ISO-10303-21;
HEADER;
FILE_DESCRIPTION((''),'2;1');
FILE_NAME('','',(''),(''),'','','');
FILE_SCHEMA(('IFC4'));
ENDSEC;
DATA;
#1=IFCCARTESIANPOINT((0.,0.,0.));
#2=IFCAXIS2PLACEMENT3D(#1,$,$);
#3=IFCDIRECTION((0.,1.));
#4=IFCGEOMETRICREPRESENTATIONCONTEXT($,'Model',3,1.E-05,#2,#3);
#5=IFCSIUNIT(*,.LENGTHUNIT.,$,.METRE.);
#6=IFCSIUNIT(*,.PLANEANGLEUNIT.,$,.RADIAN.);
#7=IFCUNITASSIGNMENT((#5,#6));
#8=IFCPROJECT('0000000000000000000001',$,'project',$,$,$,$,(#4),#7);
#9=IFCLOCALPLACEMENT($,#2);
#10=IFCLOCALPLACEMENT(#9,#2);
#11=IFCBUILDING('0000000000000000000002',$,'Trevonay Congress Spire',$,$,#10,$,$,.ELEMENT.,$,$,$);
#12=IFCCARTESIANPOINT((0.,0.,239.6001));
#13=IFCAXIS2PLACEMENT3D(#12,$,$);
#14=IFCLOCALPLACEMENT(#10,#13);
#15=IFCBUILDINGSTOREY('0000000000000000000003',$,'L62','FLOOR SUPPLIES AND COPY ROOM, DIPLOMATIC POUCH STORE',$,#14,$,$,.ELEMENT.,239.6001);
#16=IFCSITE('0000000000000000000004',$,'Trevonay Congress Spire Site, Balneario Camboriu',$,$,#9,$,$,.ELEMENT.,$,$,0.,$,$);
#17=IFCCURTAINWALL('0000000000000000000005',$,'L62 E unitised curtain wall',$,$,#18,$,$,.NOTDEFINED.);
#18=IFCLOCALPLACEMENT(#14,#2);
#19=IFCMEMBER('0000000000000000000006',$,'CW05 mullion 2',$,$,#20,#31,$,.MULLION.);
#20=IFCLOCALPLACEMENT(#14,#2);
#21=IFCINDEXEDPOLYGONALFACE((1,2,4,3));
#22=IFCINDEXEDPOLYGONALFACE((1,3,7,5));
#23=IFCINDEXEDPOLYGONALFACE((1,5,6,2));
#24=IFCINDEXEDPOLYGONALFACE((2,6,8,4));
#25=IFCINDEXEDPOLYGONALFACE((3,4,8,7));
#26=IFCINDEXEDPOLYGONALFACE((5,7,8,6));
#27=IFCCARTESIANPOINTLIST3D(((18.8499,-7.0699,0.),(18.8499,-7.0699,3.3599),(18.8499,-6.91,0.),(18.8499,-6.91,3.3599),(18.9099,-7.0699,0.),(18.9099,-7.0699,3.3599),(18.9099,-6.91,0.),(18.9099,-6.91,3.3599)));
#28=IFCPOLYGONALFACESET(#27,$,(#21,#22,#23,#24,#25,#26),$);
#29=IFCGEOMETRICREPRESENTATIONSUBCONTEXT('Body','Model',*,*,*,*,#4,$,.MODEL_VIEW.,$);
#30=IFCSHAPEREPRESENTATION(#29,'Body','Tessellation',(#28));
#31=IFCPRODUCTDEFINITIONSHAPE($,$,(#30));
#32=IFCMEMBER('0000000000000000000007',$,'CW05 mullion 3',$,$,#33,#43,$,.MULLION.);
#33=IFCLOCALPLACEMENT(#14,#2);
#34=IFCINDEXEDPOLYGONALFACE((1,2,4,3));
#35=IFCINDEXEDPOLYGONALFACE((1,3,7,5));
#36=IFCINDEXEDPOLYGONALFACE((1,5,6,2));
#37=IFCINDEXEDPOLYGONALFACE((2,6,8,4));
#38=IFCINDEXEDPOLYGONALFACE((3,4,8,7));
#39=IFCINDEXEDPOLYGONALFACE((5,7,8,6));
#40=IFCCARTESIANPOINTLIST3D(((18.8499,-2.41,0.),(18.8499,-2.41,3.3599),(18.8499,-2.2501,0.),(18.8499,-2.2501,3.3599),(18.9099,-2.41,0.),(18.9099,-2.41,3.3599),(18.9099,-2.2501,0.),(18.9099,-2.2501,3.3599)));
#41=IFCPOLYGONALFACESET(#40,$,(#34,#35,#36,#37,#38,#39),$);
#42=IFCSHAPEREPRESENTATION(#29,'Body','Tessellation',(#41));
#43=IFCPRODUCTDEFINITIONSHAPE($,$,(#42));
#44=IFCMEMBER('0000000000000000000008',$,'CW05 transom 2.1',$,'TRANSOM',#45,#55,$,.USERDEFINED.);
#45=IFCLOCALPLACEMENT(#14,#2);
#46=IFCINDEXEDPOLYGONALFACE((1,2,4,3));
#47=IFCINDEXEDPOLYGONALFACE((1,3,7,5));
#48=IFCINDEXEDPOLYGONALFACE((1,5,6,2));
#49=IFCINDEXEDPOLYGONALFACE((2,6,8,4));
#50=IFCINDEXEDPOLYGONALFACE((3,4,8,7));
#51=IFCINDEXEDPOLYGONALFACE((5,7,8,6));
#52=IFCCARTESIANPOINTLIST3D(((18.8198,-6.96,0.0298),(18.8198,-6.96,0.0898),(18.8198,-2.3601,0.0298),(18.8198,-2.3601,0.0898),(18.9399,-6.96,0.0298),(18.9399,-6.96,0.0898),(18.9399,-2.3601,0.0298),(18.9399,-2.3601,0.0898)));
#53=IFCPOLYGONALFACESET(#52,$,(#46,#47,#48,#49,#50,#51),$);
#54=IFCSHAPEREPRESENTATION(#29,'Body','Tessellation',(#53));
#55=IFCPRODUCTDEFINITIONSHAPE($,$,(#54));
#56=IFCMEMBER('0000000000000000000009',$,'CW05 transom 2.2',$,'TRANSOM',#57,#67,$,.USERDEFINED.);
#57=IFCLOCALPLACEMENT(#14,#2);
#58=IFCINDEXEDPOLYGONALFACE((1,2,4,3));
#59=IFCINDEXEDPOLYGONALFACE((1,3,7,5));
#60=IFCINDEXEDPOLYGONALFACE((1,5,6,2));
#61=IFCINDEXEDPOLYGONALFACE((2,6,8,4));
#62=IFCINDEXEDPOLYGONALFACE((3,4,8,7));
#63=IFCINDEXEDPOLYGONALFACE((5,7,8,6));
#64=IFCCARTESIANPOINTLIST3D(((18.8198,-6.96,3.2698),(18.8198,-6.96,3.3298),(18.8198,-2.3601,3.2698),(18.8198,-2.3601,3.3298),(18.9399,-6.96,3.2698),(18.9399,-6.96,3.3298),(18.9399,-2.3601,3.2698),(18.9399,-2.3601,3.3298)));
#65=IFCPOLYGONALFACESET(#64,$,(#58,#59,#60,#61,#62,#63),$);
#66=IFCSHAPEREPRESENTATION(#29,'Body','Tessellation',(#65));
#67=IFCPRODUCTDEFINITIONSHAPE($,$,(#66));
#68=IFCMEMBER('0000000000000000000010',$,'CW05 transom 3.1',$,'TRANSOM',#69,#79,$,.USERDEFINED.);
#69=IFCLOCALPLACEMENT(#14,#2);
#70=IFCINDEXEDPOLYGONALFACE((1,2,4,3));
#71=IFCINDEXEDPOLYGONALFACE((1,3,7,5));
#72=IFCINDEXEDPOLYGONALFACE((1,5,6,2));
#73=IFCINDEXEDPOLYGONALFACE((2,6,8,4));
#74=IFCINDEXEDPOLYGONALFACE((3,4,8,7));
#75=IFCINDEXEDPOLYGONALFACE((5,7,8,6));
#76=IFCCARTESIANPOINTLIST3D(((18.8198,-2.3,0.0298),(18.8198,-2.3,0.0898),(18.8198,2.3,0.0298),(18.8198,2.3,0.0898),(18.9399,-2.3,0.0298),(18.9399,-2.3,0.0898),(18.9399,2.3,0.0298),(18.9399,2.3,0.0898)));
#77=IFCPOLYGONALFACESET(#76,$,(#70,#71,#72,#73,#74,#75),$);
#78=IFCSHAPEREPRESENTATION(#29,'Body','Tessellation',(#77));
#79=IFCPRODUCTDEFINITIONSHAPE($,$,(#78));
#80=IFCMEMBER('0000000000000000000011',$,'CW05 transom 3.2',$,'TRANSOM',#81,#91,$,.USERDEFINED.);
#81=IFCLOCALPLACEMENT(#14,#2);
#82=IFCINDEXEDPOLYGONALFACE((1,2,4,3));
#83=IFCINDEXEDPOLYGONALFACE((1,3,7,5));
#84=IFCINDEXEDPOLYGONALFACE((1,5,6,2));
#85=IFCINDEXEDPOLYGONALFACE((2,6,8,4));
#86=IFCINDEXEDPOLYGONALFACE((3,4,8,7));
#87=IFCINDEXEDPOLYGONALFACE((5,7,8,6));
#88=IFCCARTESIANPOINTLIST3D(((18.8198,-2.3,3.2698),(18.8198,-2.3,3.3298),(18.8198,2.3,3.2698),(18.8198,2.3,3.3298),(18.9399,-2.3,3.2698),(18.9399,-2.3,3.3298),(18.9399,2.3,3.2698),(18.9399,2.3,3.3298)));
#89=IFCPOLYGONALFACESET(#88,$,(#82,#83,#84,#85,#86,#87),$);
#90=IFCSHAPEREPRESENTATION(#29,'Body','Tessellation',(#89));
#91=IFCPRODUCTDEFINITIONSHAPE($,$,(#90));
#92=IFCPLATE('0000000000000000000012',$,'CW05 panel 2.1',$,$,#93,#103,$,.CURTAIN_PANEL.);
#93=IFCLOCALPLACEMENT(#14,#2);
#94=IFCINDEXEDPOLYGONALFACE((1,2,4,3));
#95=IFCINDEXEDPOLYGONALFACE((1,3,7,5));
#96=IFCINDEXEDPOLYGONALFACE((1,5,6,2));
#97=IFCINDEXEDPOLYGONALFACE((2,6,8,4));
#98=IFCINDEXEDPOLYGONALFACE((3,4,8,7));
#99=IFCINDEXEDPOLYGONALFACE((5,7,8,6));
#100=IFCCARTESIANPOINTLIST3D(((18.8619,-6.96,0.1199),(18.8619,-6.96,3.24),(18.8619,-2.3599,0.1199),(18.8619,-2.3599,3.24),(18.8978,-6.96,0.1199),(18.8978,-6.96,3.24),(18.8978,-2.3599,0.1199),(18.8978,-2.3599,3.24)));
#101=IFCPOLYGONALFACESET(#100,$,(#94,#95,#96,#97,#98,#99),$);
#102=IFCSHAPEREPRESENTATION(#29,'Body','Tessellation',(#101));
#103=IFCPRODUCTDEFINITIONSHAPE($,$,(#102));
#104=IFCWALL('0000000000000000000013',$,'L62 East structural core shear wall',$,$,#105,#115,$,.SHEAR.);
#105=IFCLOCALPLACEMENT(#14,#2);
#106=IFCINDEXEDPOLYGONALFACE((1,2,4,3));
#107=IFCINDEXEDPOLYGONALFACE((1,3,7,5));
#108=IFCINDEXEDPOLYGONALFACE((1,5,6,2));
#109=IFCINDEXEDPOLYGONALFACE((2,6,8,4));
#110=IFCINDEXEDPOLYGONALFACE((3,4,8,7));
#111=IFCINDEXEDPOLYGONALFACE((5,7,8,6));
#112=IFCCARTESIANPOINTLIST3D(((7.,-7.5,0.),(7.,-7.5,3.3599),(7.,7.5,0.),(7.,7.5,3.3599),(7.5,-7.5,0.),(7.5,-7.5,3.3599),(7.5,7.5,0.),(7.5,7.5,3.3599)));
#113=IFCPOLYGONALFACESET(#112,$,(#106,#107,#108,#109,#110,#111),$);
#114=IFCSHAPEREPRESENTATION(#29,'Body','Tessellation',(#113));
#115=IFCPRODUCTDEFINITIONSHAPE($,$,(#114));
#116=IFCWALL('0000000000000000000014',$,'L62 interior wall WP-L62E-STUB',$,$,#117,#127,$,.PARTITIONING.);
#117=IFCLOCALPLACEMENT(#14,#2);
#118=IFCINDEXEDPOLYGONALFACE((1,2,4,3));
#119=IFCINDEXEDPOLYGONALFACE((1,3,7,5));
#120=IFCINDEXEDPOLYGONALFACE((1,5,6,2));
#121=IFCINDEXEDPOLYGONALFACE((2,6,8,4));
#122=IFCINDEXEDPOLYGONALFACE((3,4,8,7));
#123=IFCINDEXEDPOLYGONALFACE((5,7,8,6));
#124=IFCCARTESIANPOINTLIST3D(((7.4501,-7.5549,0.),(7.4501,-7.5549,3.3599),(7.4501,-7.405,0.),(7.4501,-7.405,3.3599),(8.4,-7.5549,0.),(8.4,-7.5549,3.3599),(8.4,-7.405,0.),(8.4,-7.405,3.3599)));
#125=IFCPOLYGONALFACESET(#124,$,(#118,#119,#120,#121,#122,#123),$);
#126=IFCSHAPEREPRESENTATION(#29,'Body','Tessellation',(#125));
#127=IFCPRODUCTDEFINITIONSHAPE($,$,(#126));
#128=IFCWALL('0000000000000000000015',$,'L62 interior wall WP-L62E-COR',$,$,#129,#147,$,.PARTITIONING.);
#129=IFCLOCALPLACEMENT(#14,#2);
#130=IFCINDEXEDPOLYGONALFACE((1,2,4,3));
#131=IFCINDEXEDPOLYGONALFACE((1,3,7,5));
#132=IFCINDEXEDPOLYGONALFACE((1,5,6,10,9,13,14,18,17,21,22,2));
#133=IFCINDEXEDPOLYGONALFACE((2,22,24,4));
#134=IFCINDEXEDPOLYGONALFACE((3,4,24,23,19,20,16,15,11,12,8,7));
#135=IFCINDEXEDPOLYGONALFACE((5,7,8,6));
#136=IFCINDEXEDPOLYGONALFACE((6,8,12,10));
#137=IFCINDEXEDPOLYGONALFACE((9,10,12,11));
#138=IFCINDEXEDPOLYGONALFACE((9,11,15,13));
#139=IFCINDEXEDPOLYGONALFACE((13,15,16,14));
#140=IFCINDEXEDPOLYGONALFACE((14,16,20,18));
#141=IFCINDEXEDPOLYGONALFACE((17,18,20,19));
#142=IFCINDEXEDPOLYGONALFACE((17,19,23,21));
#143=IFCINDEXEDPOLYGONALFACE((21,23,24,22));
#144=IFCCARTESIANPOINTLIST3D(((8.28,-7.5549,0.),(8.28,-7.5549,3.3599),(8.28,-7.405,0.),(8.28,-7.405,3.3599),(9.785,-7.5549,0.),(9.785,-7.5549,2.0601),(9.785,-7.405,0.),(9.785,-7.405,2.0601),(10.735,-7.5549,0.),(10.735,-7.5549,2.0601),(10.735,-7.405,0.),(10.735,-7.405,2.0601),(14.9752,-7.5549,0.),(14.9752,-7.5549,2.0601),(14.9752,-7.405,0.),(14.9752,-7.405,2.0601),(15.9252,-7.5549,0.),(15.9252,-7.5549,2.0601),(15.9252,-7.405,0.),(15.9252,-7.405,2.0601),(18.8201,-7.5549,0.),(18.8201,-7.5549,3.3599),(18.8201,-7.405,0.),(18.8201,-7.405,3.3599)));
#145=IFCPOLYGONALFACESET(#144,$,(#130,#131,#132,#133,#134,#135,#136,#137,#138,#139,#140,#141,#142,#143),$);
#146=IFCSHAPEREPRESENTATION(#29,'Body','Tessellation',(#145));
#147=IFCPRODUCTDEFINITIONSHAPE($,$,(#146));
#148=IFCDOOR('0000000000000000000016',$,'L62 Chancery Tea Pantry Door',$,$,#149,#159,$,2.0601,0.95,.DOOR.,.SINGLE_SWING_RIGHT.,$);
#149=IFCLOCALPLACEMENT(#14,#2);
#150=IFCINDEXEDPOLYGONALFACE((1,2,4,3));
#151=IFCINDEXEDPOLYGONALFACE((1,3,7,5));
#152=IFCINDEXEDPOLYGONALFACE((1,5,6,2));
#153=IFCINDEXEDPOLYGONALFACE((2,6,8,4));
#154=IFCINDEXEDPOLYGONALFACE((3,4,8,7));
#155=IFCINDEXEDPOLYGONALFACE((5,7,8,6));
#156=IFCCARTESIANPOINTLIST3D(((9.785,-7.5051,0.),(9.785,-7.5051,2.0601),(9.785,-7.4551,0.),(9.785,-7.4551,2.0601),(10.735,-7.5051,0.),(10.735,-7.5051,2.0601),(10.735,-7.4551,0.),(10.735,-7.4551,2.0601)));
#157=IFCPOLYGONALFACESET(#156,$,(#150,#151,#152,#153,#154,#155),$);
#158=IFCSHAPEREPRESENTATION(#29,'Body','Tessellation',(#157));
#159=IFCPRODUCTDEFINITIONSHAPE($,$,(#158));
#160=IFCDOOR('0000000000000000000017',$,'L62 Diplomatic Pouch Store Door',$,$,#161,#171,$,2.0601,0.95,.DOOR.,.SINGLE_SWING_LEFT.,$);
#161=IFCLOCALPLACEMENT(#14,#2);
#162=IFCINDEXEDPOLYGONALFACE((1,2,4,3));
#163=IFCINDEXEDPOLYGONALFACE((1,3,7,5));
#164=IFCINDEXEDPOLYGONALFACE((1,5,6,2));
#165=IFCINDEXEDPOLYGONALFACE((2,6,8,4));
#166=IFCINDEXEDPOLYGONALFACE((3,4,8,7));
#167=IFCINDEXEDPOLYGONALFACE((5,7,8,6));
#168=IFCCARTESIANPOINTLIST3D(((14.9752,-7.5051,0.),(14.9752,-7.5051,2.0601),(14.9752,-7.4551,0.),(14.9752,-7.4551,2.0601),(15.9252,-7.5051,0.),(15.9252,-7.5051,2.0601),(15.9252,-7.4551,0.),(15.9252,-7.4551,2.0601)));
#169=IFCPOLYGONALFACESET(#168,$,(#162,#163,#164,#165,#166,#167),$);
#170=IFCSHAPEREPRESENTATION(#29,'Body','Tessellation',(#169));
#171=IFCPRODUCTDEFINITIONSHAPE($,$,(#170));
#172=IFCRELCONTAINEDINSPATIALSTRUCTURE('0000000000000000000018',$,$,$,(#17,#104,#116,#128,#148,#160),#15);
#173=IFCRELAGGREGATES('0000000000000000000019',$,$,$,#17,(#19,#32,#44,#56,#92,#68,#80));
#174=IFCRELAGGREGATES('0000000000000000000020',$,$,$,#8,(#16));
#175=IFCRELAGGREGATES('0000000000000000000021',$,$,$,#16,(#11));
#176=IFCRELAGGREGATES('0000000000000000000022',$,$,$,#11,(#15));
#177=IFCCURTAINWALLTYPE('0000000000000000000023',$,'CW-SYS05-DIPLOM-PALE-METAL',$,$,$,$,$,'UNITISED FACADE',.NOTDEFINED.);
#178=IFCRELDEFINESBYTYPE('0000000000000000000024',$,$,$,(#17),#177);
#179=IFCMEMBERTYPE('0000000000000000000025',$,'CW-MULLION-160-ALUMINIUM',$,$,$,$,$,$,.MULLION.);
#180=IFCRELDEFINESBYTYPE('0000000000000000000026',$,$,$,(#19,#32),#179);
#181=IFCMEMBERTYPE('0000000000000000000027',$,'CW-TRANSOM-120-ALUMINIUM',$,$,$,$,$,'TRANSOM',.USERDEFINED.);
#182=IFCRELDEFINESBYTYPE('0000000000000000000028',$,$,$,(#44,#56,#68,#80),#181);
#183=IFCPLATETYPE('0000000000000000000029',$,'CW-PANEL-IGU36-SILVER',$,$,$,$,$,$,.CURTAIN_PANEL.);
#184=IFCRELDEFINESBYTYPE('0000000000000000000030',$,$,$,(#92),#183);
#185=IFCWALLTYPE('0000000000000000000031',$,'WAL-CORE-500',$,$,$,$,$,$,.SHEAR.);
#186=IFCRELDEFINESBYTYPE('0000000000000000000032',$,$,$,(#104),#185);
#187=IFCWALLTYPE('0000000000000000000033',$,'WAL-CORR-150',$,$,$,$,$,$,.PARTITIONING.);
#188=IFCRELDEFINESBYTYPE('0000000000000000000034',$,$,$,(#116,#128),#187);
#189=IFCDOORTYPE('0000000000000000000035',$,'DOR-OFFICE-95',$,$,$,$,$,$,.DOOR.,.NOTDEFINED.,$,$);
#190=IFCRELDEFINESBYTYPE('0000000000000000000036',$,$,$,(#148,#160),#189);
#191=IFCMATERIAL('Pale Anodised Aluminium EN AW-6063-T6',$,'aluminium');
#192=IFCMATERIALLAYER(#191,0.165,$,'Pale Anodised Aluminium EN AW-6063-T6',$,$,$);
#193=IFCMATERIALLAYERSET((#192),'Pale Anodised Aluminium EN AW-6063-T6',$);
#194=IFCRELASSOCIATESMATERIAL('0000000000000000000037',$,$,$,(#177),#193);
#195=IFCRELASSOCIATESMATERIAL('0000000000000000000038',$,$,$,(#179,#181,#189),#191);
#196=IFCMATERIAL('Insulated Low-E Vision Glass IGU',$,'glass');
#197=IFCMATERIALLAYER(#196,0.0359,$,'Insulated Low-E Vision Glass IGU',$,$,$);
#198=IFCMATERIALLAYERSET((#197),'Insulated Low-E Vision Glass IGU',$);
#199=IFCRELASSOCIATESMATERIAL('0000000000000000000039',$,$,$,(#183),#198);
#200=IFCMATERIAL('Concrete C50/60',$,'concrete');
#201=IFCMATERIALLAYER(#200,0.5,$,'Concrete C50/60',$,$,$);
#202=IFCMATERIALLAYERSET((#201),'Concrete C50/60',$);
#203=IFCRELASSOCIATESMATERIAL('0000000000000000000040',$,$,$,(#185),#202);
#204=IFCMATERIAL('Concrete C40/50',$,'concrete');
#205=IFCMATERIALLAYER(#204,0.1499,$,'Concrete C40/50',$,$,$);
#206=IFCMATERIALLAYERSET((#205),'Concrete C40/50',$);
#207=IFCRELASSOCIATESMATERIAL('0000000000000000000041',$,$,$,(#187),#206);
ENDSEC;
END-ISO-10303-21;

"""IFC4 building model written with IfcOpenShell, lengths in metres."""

from ifc_helpers import new_model, si_unit, direction, frame, frame_2d, origin, origin_2d, place, context, subcontext, project, spatial, rectangle, extrude, material, layer, layer_set, material_profile, profile_set, type_object, element, fill, aggregate, save


model = new_model("IFC4")

# Units and contexts
model_context = context("Model", 3, precision=1e-05, world=origin(), true_north=direction((0.0, 1.0)))
body_context = subcontext(model_context, "Body", "Model", "MODEL_VIEW")
ifc_project = project(units=[si_unit("LENGTHUNIT", "METRE"), si_unit("PLANEANGLEUNIT", "RADIAN")], contexts=[model_context])

# Site, building, storey
site_placement = place(None, origin())
site = spatial("IfcSite", under=ifc_project, at=site_placement, Name="Trevonay Congress Spire Site, Balneario Camboriu", CompositionType="ELEMENT", RefElevation=0.0)
building_placement = place(site_placement, origin())
building = spatial("IfcBuilding", under=site, at=building_placement, Name="Trevonay Congress Spire", CompositionType="ELEMENT")
storey_placement = place(building_placement, frame((0.0, 0.0, 239.6001)))
storey = spatial("IfcBuildingStorey", under=building, at=storey_placement, Name="L62", Description="FLOOR SUPPLIES AND COPY ROOM, DIPLOMATIC POUCH STORE", CompositionType="ELEMENT", Elevation=239.6001)

# Curtain wall, members, plate
ifc_material_1 = material(Name="Pale Anodised Aluminium EN AW-6063-T6", Category="aluminium")
ifc_layer_1 = layer(ifc_material_1, 0.165, Name="Pale Anodised Aluminium EN AW-6063-T6")
ifc_layer_set_1 = layer_set([ifc_layer_1], Name="Pale Anodised Aluminium EN AW-6063-T6")
curtain_wall_type = type_object("IfcCurtainWallType", Name="CW-SYS05-DIPLOM-PALE-METAL", ElementType="UNITISED FACADE", PredefinedType="NOTDEFINED", material=ifc_layer_set_1)
curtain_wall_placement = place(storey_placement, origin())
curtain_wall = element("IfcCurtainWall", 1, at=curtain_wall_placement, inside=storey, type_object=curtain_wall_type, Name="L62 E unitised curtain wall", PredefinedType="NOTDEFINED")
ifc_material_profile_1 = material_profile(ifc_material_1, rectangle(XDim=0.0601, YDim=0.1599, at=origin_2d()), Name="CW-MULLION-160-ALUMINIUM")
ifc_profile_set_1 = profile_set([ifc_material_profile_1], Name="Pale Anodised Aluminium EN AW-6063-T6")
member_type_1 = type_object("IfcMemberType", Name="CW-MULLION-160-ALUMINIUM", PredefinedType="MULLION", material=ifc_profile_set_1)
member_1_placement = place(storey_placement, frame((18.8799, -6.99, 0.0), z_axis=(0.0, 0.0, 1.0), x_axis=(-1.0, 0.0, 0.0)))
member_1 = element("IfcMember", 2, at=member_1_placement, type_object=member_type_1, Name="CW05 mullion 2", PredefinedType="MULLION", context=body_context, shape_type="SweptSolid", body=[
    extrude(rectangle(XDim=0.0601, YDim=0.1599, at=origin_2d()), origin(), (0.0, 0.0, 1.0), 3.3599),
])
member_2_placement = place(storey_placement, frame((18.8799, -2.3301, 0.0), z_axis=(0.0, 0.0, 1.0), x_axis=(-1.0, 0.0, 0.0)))
member_2 = element("IfcMember", 3, at=member_2_placement, type_object=member_type_1, Name="CW05 mullion 3", PredefinedType="MULLION", context=body_context, shape_type="SweptSolid", body=[
    extrude(rectangle(XDim=0.0601, YDim=0.1599, at=origin_2d()), origin(), (0.0, 0.0, 1.0), 3.3599),
])
ifc_material_profile_2 = material_profile(ifc_material_1, rectangle(XDim=0.1201, YDim=0.0601, at=origin_2d()), Name="CW-TRANSOM-120-ALUMINIUM")
ifc_profile_set_2 = profile_set([ifc_material_profile_2], Name="Pale Anodised Aluminium EN AW-6063-T6")
member_type_2 = type_object("IfcMemberType", Name="CW-TRANSOM-120-ALUMINIUM", ElementType="TRANSOM", PredefinedType="USERDEFINED", material=ifc_profile_set_2)
member_3_placement = place(storey_placement, frame((18.8799, -6.96, 0.0598), z_axis=(0.0, 1.0, 0.0), x_axis=(-1.0, 0.0, 0.0)))
member_3 = element("IfcMember", 4, at=member_3_placement, type_object=member_type_2, Name="CW05 transom 2.1", ObjectType="TRANSOM", PredefinedType="USERDEFINED", context=body_context, shape_type="SweptSolid", body=[
    extrude(rectangle(XDim=0.1201, YDim=0.0601, at=origin_2d()), origin(), (0.0, 0.0, 1.0), 4.5999),
])
member_4_placement = place(storey_placement, frame((18.8799, -6.96, 3.2998), z_axis=(0.0, 1.0, 0.0), x_axis=(-1.0, 0.0, 0.0)))
member_4 = element("IfcMember", 5, at=member_4_placement, type_object=member_type_2, Name="CW05 transom 2.2", ObjectType="TRANSOM", PredefinedType="USERDEFINED", context=body_context, shape_type="SweptSolid", body=[
    extrude(rectangle(XDim=0.1201, YDim=0.0601, at=origin_2d()), origin(), (0.0, 0.0, 1.0), 4.5999),
])
member_5_placement = place(storey_placement, frame((18.8799, -2.3, 0.0598), z_axis=(0.0, 1.0, 0.0), x_axis=(-1.0, 0.0, 0.0)))
member_5 = element("IfcMember", 6, at=member_5_placement, type_object=member_type_2, Name="CW05 transom 3.1", ObjectType="TRANSOM", PredefinedType="USERDEFINED", context=body_context, shape_type="SweptSolid", body=[
    extrude(rectangle(XDim=0.1201, YDim=0.0601, at=origin_2d()), origin(), (0.0, 0.0, 1.0), 4.6001),
])
member_6_placement = place(storey_placement, frame((18.8799, -2.3, 3.2998), z_axis=(0.0, 1.0, 0.0), x_axis=(-1.0, 0.0, 0.0)))
member_6 = element("IfcMember", 7, at=member_6_placement, type_object=member_type_2, Name="CW05 transom 3.2", ObjectType="TRANSOM", PredefinedType="USERDEFINED", context=body_context, shape_type="SweptSolid", body=[
    extrude(rectangle(XDim=0.1201, YDim=0.0601, at=origin_2d()), origin(), (0.0, 0.0, 1.0), 4.6001),
])
ifc_material_2 = material(Name="Insulated Low-E Vision Glass IGU", Category="glass")
ifc_layer_2 = layer(ifc_material_2, 0.0359, Name="Insulated Low-E Vision Glass IGU")
ifc_layer_set_2 = layer_set([ifc_layer_2], Name="Insulated Low-E Vision Glass IGU")
plate_type = type_object("IfcPlateType", Name="CW-PANEL-IGU36-SILVER", PredefinedType="CURTAIN_PANEL", material=ifc_layer_set_2)
plate_placement = place(storey_placement, frame((18.8799, -4.6599, 0.1199), z_axis=(0.0, 0.0, 1.0), x_axis=(0.0, 1.0, 0.0)))
plate = element("IfcPlate", 8, at=plate_placement, type_object=plate_type, Name="CW05 panel 2.1", PredefinedType="CURTAIN_PANEL", context=body_context, shape_type="SweptSolid", body=[
    extrude(rectangle(XDim=4.6001, YDim=0.0359, at=origin_2d()), origin(), (0.0, 0.0, 1.0), 3.1201),
])
aggregate(curtain_wall, [member_1, member_2, member_3, member_4, plate, member_5, member_6])

# Walls
ifc_material_3 = material(Name="Concrete C50/60", Category="concrete")
ifc_layer_3 = layer(ifc_material_3, 0.5, Name="Concrete C50/60")
ifc_layer_set_3 = layer_set([ifc_layer_3], Name="Concrete C50/60")
wall_type_1 = type_object("IfcWallType", Name="WAL-CORE-500", PredefinedType="SHEAR", material=ifc_layer_set_3)
wall_1_placement = place(storey_placement, frame((7.25, -7.5, 0.0), z_axis=(0.0, 0.0, 1.0), x_axis=(0.0, 1.0, 0.0)))
element("IfcWall", 9, at=wall_1_placement, inside=storey, type_object=wall_type_1, Name="L62 East structural core shear wall", PredefinedType="SHEAR", context=body_context, shape_type="SweptSolid", body=[
    extrude(rectangle(XDim=15.0, YDim=0.5, at=frame_2d((7.5, 0.0))), origin(), (0.0, 0.0, 1.0), 3.3599),
])
ifc_material_4 = material(Name="Concrete C40/50", Category="concrete")
ifc_layer_4 = layer(ifc_material_4, 0.1499, Name="Concrete C40/50")
ifc_layer_set_4 = layer_set([ifc_layer_4], Name="Concrete C40/50")
wall_type_2 = type_object("IfcWallType", Name="WAL-CORR-150", PredefinedType="PARTITIONING", material=ifc_layer_set_4)
wall_2_placement = place(storey_placement, frame((7.45, -7.48, 0.0), z_axis=(0.0, 0.0, 1.0), x_axis=(1.0, 0.0, 0.0)))
element("IfcWall", 10, at=wall_2_placement, inside=storey, type_object=wall_type_2, Name="L62 interior wall WP-L62E-STUB", PredefinedType="PARTITIONING", context=body_context, shape_type="SweptSolid", body=[
    extrude(rectangle(XDim=0.95, YDim=0.1499, at=frame_2d((0.4751, 0.0))), origin(), (0.0, 0.0, 1.0), 3.3599),
])

# Wall, openings, doors
wall_3_placement = place(storey_placement, frame((8.28, -7.48, 0.0), z_axis=(0.0, 0.0, 1.0), x_axis=(1.0, 0.0, 0.0)))
wall_3 = element("IfcWall", 11, at=wall_3_placement, inside=storey, type_object=wall_type_2, Name="L62 interior wall WP-L62E-COR", PredefinedType="PARTITIONING", context=body_context, shape_type="SweptSolid", body=[
    extrude(rectangle(XDim=10.54, YDim=0.1499, at=frame_2d((5.27, 0.0))), origin(), (0.0, 0.0, 1.0), 3.3599),
])
opening_1_placement = place(wall_3_placement, frame((1.5049, 0.0, 0.0)))
opening_1 = element("IfcOpeningElement", 12, at=opening_1_placement, cuts=wall_3, PredefinedType="OPENING", context=body_context, shape_type="SweptSolid", body=[
    extrude(rectangle(XDim=0.95, YDim=2.0601, at=frame_2d((0.4751, 1.03))), frame((0.0, 0.085, 0.0), z_axis=(0.0, -1.0, 0.0), x_axis=(1.0, 0.0, 0.0)), (0.0, 0.0, 1.0), 0.1699),
])
opening_2_placement = place(wall_3_placement, frame((6.6951, 0.0, 0.0)))
opening_2 = element("IfcOpeningElement", 13, at=opening_2_placement, cuts=wall_3, PredefinedType="OPENING", context=body_context, shape_type="SweptSolid", body=[
    extrude(rectangle(XDim=0.95, YDim=2.0601, at=frame_2d((0.4751, 1.03))), frame((0.0, 0.085, 0.0), z_axis=(0.0, -1.0, 0.0), x_axis=(1.0, 0.0, 0.0)), (0.0, 0.0, 1.0), 0.1699),
])
door_type = type_object("IfcDoorType", Name="DOR-OFFICE-95", OperationType="NOTDEFINED", PredefinedType="DOOR", material=ifc_material_1)
door_1_placement = place(opening_1_placement, origin())
door_1 = element("IfcDoor", 14, at=door_1_placement, inside=storey, type_object=door_type, Name="L62 Chancery Tea Pantry Door", OperationType="SINGLE_SWING_RIGHT", OverallHeight=2.0601, OverallWidth=0.95, PredefinedType="DOOR", context=body_context, shape_type="SweptSolid", body=[
    extrude(rectangle(XDim=0.95, YDim=2.0601, at=frame_2d((0.4751, 1.03))), frame((0.0, 0.0249, 0.0), z_axis=(0.0, -1.0, 0.0), x_axis=(1.0, 0.0, 0.0)), (0.0, 0.0, 1.0), 0.05),
])
fill(opening_1, door_1)
door_2_placement = place(opening_2_placement, origin())
door_2 = element("IfcDoor", 15, at=door_2_placement, inside=storey, type_object=door_type, Name="L62 Diplomatic Pouch Store Door", OperationType="SINGLE_SWING_LEFT", OverallHeight=2.0601, OverallWidth=0.95, PredefinedType="DOOR", context=body_context, shape_type="SweptSolid", body=[
    extrude(rectangle(XDim=0.95, YDim=2.0601, at=frame_2d((0.4751, 1.03))), frame((0.0, 0.0249, 0.0), z_axis=(0.0, -1.0, 0.0), x_axis=(1.0, 0.0, 0.0)), (0.0, 0.0, 1.0), 0.05),
])
fill(opening_2, door_2)

save(model, "model.ifc")
